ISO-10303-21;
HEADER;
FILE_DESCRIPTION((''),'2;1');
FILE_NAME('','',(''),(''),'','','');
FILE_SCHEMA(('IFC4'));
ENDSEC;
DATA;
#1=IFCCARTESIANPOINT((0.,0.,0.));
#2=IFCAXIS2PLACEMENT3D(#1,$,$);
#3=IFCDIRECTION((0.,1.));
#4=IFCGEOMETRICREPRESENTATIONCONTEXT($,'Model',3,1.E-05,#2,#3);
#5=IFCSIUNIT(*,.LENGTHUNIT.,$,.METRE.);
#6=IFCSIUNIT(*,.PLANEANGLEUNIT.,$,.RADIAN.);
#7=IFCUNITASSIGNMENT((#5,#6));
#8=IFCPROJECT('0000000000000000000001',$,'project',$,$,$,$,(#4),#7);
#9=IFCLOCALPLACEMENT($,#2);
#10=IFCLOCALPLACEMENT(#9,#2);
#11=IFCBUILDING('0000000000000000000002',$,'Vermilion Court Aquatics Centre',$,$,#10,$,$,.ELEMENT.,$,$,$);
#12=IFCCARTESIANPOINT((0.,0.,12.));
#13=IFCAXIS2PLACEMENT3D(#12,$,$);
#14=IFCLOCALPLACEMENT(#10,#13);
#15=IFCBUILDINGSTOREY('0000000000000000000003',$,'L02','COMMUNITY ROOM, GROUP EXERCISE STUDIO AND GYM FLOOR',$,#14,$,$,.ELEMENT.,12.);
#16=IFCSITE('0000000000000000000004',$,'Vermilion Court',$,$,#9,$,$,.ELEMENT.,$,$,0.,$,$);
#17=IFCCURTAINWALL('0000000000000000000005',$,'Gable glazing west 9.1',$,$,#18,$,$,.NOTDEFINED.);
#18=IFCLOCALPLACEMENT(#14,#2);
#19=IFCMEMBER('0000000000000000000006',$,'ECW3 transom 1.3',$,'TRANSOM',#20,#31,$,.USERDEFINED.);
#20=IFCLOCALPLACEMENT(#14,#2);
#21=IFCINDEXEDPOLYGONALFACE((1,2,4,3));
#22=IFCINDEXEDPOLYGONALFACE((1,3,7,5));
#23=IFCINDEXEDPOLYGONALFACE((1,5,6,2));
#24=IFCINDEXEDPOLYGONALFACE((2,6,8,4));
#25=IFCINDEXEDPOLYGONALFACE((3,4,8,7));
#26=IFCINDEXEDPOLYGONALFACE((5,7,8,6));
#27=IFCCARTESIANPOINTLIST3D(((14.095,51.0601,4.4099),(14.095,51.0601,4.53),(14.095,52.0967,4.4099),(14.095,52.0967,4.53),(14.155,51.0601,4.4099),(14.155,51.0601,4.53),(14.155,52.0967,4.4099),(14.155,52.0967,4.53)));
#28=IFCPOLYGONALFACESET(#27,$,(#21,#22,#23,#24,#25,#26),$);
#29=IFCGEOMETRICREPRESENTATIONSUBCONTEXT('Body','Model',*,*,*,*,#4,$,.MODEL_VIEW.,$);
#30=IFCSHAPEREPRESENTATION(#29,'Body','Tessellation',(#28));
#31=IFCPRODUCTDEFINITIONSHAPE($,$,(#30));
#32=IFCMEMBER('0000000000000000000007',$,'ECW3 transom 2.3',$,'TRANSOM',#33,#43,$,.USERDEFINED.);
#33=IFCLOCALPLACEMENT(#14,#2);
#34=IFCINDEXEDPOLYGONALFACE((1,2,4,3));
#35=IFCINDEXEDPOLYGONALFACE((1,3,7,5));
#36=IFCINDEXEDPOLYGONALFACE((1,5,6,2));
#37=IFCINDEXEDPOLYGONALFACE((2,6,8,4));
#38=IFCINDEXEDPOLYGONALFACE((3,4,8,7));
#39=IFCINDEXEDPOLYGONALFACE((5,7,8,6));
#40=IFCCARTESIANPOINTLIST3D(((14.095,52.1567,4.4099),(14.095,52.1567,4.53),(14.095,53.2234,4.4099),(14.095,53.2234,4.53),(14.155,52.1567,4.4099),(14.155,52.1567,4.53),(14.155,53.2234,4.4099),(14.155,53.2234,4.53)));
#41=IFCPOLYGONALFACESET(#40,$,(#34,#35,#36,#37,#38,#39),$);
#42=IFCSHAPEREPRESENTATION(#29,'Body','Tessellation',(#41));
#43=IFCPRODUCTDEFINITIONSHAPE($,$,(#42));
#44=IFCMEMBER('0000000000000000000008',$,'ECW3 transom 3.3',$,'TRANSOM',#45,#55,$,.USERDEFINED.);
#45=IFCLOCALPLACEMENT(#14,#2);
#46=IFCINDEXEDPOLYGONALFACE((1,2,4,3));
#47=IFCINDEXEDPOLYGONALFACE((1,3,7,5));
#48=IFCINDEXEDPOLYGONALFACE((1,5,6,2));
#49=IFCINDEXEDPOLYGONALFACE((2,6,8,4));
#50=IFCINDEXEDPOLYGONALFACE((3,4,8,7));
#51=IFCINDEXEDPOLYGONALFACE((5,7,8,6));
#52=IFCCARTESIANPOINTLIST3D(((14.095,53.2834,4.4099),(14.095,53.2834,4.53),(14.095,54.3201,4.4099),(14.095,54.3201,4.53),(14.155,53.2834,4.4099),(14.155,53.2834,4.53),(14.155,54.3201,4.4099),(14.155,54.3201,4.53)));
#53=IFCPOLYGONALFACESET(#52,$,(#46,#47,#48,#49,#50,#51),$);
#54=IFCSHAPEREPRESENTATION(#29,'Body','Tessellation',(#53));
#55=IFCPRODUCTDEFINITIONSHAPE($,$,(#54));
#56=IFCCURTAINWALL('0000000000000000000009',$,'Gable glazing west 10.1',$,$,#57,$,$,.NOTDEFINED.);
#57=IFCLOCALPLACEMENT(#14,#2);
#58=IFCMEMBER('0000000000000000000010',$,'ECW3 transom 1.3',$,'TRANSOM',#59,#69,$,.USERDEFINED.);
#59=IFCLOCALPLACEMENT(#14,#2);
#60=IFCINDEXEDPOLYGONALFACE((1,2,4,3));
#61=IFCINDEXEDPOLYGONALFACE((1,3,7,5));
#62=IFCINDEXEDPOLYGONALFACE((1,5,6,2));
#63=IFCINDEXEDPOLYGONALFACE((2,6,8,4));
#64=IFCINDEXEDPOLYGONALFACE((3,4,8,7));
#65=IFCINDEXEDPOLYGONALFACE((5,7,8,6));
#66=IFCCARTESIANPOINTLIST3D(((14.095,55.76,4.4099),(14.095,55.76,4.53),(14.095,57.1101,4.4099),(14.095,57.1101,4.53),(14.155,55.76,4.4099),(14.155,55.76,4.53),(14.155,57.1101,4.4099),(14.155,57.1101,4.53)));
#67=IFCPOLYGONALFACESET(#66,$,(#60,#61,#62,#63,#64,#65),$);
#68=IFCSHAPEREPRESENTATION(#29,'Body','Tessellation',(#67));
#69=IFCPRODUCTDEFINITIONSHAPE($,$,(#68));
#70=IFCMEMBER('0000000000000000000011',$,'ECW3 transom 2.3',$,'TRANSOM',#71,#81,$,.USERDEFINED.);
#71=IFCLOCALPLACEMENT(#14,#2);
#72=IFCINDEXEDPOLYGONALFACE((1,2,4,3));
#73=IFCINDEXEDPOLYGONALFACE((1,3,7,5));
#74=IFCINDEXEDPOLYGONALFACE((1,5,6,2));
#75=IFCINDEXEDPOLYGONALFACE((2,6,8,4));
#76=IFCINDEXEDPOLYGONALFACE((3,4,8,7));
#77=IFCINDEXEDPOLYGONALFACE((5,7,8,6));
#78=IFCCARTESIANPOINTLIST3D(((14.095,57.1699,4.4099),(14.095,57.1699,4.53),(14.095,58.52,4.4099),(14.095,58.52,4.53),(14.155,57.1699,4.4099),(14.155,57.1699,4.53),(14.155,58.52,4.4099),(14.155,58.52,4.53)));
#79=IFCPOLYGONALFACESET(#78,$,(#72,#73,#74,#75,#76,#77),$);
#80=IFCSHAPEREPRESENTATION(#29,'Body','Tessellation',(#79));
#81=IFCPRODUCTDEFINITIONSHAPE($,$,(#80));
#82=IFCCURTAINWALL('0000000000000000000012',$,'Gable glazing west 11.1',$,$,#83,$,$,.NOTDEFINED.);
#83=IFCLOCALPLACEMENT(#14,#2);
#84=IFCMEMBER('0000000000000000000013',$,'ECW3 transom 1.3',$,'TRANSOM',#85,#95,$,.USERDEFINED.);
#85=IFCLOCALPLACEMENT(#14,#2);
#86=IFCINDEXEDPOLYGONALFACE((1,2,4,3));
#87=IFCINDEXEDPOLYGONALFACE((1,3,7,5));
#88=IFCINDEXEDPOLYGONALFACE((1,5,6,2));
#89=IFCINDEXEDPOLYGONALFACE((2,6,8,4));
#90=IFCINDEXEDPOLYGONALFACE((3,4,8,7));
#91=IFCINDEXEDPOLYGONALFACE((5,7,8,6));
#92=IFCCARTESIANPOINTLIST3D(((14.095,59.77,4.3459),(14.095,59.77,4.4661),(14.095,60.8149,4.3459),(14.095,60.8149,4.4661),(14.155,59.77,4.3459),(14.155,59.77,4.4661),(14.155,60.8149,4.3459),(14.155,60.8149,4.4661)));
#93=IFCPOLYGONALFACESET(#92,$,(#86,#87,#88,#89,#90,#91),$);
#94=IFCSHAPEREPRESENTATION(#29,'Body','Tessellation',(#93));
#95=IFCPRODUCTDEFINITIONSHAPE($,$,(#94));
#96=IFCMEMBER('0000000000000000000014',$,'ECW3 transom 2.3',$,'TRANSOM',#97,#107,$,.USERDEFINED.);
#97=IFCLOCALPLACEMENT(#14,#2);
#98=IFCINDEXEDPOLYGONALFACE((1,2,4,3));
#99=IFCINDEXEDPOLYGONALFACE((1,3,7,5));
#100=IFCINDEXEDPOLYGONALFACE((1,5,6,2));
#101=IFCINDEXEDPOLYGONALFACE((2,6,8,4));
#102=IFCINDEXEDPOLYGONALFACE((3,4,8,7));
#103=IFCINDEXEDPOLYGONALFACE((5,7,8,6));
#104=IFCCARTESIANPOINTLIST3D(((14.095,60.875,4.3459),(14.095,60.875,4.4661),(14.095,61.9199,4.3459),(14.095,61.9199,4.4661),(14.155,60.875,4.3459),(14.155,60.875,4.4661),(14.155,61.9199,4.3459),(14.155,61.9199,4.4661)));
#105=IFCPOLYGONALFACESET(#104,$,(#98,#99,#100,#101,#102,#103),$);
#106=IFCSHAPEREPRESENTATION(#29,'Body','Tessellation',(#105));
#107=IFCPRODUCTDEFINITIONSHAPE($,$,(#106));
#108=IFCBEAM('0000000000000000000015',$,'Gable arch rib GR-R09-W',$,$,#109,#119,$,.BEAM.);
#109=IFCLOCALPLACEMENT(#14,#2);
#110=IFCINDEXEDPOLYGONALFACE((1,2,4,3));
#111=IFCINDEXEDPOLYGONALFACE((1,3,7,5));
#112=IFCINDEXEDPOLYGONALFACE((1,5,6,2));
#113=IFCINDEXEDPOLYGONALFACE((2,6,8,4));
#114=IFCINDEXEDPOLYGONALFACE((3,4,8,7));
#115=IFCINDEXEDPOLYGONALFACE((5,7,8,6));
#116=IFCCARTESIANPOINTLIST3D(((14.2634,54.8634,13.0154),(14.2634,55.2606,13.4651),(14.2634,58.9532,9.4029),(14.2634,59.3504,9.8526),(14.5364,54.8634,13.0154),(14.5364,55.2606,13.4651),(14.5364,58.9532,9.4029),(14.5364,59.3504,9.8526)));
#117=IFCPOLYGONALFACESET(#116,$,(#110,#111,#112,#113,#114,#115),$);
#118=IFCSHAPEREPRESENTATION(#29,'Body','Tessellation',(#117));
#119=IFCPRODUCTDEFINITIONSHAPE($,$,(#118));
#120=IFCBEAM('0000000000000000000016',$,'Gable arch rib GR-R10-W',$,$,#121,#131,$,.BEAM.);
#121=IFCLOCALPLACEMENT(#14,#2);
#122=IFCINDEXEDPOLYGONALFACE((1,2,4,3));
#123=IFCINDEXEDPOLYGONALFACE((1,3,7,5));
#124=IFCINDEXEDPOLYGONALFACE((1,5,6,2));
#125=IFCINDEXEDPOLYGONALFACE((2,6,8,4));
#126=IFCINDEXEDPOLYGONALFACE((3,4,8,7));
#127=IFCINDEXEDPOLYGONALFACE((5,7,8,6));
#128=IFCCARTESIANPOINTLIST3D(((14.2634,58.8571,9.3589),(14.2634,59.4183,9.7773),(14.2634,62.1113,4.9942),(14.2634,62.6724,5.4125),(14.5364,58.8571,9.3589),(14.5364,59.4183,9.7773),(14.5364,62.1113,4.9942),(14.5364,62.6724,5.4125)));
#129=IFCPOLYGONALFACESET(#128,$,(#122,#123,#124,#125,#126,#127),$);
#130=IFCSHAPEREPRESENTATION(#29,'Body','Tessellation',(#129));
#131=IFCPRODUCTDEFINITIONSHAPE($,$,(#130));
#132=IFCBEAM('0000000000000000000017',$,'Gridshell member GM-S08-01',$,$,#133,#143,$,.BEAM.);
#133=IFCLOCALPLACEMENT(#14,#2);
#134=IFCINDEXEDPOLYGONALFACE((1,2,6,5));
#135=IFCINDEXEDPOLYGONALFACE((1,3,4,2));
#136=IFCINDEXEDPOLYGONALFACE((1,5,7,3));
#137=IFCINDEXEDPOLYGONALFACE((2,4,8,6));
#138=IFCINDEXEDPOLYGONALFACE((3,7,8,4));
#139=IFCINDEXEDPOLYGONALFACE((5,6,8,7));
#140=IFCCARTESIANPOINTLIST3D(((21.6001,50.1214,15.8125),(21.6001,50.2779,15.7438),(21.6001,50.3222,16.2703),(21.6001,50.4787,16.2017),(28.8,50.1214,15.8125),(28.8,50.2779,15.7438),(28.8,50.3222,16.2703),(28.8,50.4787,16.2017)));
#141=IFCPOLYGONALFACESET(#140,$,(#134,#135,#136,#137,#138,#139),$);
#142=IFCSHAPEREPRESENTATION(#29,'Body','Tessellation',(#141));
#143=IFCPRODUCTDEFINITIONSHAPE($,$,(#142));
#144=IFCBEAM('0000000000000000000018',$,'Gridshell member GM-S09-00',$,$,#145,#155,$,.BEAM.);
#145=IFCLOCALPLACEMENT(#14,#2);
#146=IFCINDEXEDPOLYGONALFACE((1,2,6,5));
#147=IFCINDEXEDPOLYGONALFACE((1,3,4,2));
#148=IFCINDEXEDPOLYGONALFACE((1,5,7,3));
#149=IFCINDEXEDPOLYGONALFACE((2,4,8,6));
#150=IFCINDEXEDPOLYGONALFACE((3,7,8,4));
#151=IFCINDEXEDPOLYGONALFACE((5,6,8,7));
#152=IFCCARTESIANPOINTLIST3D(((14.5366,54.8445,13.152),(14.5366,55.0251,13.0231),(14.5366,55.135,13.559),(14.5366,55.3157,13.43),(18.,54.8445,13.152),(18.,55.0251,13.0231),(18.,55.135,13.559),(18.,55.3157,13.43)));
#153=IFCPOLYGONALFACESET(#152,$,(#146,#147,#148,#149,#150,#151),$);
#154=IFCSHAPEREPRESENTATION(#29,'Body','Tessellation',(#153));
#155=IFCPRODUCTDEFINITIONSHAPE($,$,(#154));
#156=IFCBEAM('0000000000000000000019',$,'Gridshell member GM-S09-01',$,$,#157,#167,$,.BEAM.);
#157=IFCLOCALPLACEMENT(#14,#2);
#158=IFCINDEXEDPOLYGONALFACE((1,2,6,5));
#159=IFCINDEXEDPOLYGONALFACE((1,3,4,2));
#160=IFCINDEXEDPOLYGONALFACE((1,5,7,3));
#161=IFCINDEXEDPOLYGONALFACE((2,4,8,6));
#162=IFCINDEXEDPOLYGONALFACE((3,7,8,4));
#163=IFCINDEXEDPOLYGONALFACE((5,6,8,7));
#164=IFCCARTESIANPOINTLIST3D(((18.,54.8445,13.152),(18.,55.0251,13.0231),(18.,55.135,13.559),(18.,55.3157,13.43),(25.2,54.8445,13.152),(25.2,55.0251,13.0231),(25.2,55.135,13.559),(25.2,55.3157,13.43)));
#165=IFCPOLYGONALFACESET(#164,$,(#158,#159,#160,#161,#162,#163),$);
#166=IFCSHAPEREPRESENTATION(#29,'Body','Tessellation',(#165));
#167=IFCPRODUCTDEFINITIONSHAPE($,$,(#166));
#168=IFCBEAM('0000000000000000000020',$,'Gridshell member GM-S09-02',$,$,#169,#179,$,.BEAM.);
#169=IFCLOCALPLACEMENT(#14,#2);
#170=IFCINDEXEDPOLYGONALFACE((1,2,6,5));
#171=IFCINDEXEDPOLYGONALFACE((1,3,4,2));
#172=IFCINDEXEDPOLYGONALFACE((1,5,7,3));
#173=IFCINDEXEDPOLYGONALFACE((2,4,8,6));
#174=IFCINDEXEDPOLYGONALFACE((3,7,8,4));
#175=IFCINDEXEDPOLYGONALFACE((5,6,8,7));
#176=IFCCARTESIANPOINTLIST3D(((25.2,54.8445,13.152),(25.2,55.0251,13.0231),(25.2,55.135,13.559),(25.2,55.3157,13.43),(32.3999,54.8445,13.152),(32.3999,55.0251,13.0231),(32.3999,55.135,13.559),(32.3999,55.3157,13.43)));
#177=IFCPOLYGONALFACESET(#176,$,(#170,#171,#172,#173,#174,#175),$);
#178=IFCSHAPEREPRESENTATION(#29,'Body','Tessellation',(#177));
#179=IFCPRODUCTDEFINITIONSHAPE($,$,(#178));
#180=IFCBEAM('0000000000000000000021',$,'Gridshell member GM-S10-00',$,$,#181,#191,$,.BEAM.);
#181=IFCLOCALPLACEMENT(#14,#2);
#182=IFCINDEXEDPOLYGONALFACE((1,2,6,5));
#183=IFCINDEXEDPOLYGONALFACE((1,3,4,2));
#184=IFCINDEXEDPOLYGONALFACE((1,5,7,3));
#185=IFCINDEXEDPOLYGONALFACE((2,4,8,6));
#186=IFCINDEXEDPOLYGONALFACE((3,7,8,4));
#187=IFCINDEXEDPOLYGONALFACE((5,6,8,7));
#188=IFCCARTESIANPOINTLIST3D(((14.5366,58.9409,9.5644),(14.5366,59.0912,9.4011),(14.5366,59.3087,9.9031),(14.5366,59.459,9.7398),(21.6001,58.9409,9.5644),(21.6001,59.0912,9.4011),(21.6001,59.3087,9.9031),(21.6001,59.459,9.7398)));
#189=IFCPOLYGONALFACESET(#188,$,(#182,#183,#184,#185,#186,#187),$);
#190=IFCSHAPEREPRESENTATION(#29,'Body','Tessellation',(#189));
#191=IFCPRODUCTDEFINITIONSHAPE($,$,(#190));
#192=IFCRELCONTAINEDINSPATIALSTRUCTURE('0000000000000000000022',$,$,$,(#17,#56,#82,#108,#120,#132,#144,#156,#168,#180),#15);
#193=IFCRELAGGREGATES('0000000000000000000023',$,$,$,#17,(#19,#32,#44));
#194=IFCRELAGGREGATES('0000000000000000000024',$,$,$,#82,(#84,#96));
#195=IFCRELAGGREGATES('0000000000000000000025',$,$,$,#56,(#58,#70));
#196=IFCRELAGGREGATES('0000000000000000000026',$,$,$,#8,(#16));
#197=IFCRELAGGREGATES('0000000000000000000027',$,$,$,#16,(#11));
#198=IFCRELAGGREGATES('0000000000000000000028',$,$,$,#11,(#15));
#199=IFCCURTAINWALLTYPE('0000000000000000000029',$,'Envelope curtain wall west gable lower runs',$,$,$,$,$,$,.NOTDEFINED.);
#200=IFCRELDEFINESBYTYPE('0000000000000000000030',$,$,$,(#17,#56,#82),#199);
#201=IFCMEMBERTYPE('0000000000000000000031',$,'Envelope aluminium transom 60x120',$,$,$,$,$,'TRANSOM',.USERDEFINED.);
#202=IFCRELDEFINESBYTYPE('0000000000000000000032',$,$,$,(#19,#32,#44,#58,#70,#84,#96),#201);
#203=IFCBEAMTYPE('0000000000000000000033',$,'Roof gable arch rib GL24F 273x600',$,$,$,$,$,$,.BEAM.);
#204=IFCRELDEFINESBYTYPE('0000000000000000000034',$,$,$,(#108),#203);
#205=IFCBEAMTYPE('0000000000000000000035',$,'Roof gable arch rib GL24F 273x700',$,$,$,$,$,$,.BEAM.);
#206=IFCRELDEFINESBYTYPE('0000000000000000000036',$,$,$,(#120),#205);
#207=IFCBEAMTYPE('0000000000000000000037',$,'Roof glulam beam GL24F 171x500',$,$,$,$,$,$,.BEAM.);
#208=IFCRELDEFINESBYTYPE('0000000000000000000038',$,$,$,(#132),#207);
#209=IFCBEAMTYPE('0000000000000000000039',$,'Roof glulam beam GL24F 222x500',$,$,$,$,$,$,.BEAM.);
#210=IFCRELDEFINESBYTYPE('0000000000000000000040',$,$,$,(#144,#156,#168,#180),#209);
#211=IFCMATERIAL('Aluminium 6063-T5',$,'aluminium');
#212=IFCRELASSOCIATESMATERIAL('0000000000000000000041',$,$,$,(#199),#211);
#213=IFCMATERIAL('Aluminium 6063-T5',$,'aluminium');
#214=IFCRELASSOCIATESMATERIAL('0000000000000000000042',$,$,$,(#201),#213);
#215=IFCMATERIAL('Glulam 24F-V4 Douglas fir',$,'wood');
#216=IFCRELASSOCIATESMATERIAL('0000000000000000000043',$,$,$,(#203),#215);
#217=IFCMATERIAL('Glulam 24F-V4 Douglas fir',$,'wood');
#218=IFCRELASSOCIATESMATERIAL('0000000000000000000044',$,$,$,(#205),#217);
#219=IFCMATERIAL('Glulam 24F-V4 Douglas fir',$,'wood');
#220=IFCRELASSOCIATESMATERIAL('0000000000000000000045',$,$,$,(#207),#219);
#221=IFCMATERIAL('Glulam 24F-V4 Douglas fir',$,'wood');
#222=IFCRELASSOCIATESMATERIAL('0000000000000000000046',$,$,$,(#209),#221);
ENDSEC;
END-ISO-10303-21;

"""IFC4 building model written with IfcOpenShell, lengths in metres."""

from ifc_helpers import new_model, si_unit, direction, frame, origin, origin_2d, place, context, subcontext, project, spatial, rectangle, extrude, material, material_profile, profile_set, type_object, element, aggregate, save


model = new_model("IFC4")

# Units and contexts
model_context = context("Model", 3, precision=1e-05, world=origin(), true_north=direction((0.0, 1.0)))
body_context = subcontext(model_context, "Body", "Model", "MODEL_VIEW")
ifc_project = project(units=[si_unit("LENGTHUNIT", "METRE"), si_unit("PLANEANGLEUNIT", "RADIAN")], contexts=[model_context])

# Site, building, storey
site_placement = place(None, origin())
site = spatial("IfcSite", under=ifc_project, at=site_placement, Name="Vermilion Court", CompositionType="ELEMENT", RefElevation=0.0)
building_placement = place(site_placement, origin())
building = spatial("IfcBuilding", under=site, at=building_placement, Name="Vermilion Court Aquatics Centre", CompositionType="ELEMENT")
storey_placement = place(building_placement, frame((0.0, 0.0, 12.0)))
storey = spatial("IfcBuildingStorey", under=building, at=storey_placement, Name="L02", Description="COMMUNITY ROOM, GROUP EXERCISE STUDIO AND GYM FLOOR", CompositionType="ELEMENT", Elevation=12.0)

# Curtain walls, members
ifc_material_1 = material(Name="Aluminium 6063-T5", Category="aluminium")
curtain_wall_type = type_object("IfcCurtainWallType", Name="Envelope curtain wall west gable lower runs", PredefinedType="NOTDEFINED", material=ifc_material_1)
curtain_wall_1_placement = place(storey_placement, origin())
curtain_wall_1 = element("IfcCurtainWall", 1, at=curtain_wall_1_placement, inside=storey, type_object=curtain_wall_type, Name="Gable glazing west 9.1", PredefinedType="NOTDEFINED")
ifc_material_2 = material(Name="Aluminium 6063-T5", Category="aluminium")
ifc_material_profile_1 = material_profile(ifc_material_2, rectangle(XDim=0.0601, YDim=0.1201, at=origin_2d()), Name="AL 60x120")
ifc_profile_set_1 = profile_set([ifc_material_profile_1], Name="Aluminium 6063-T5")
member_type_1 = type_object("IfcMemberType", Name="Envelope aluminium transom 60x120", ElementType="TRANSOM", PredefinedType="USERDEFINED", material=ifc_profile_set_1)
member_1_placement = place(storey_placement, frame((14.125, 51.0601, 4.47), z_axis=(0.0, 1.0, 0.0), x_axis=(-1.0, 0.0, 0.0)))
member_1 = element("IfcMember", 2, at=member_1_placement, type_object=member_type_1, Name="ECW3 transom 1.3", ObjectType="TRANSOM", PredefinedType="USERDEFINED", context=body_context, shape_type="SweptSolid", body=[
    extrude(rectangle(XDim=0.0601, YDim=0.1201, at=origin_2d()), origin(), (0.0, 0.0, 1.0), 1.0366),
])
member_2_placement = place(storey_placement, frame((14.125, 52.1567, 4.47), z_axis=(0.0, 1.0, 0.0), x_axis=(-1.0, 0.0, 0.0)))
member_2 = element("IfcMember", 3, at=member_2_placement, type_object=member_type_1, Name="ECW3 transom 2.3", ObjectType="TRANSOM", PredefinedType="USERDEFINED", context=body_context, shape_type="SweptSolid", body=[
    extrude(rectangle(XDim=0.0601, YDim=0.1201, at=origin_2d()), origin(), (0.0, 0.0, 1.0), 1.0667),
])
member_3_placement = place(storey_placement, frame((14.125, 53.2834, 4.47), z_axis=(0.0, 1.0, 0.0), x_axis=(-1.0, 0.0, 0.0)))
member_3 = element("IfcMember", 4, at=member_3_placement, type_object=member_type_1, Name="ECW3 transom 3.3", ObjectType="TRANSOM", PredefinedType="USERDEFINED", context=body_context, shape_type="SweptSolid", body=[
    extrude(rectangle(XDim=0.0601, YDim=0.1201, at=origin_2d()), origin(), (0.0, 0.0, 1.0), 1.0366),
])
aggregate(curtain_wall_1, [member_1, member_2, member_3])
curtain_wall_2_placement = place(storey_placement, origin())
curtain_wall_2 = element("IfcCurtainWall", 5, at=curtain_wall_2_placement, inside=storey, type_object=curtain_wall_type, Name="Gable glazing west 10.1", PredefinedType="NOTDEFINED")
member_4_placement = place(storey_placement, frame((14.125, 55.76, 4.47), z_axis=(0.0, 1.0, 0.0), x_axis=(-1.0, 0.0, 0.0)))
member_4 = element("IfcMember", 6, at=member_4_placement, type_object=member_type_1, Name="ECW3 transom 1.3", ObjectType="TRANSOM", PredefinedType="USERDEFINED", context=body_context, shape_type="SweptSolid", body=[
    extrude(rectangle(XDim=0.0601, YDim=0.1201, at=origin_2d()), origin(), (0.0, 0.0, 1.0), 1.3501),
])
member_5_placement = place(storey_placement, frame((14.125, 57.1699, 4.47), z_axis=(0.0, 1.0, 0.0), x_axis=(-1.0, 0.0, 0.0)))
member_5 = element("IfcMember", 7, at=member_5_placement, type_object=member_type_1, Name="ECW3 transom 2.3", ObjectType="TRANSOM", PredefinedType="USERDEFINED", context=body_context, shape_type="SweptSolid", body=[
    extrude(rectangle(XDim=0.0601, YDim=0.1201, at=origin_2d()), origin(), (0.0, 0.0, 1.0), 1.3501),
])
curtain_wall_3_placement = place(storey_placement, origin())
curtain_wall_3 = element("IfcCurtainWall", 8, at=curtain_wall_3_placement, inside=storey, type_object=curtain_wall_type, Name="Gable glazing west 11.1", PredefinedType="NOTDEFINED")
member_6_placement = place(storey_placement, frame((14.125, 59.77, 4.406), z_axis=(0.0, 1.0, 0.0), x_axis=(-1.0, 0.0, 0.0)))
member_6 = element("IfcMember", 9, at=member_6_placement, type_object=member_type_1, Name="ECW3 transom 1.3", ObjectType="TRANSOM", PredefinedType="USERDEFINED", context=body_context, shape_type="SweptSolid", body=[
    extrude(rectangle(XDim=0.0601, YDim=0.1201, at=origin_2d()), origin(), (0.0, 0.0, 1.0), 1.0449),
])
member_7_placement = place(storey_placement, frame((14.125, 60.875, 4.406), z_axis=(0.0, 1.0, 0.0), x_axis=(-1.0, 0.0, 0.0)))
member_7 = element("IfcMember", 10, at=member_7_placement, type_object=member_type_1, Name="ECW3 transom 2.3", ObjectType="TRANSOM", PredefinedType="USERDEFINED", context=body_context, shape_type="SweptSolid", body=[
    extrude(rectangle(XDim=0.0601, YDim=0.1201, at=origin_2d()), origin(), (0.0, 0.0, 1.0), 1.0449),
])
aggregate(curtain_wall_3, [member_6, member_7])

# Beams
ifc_material_3 = material(Name="Glulam 24F-V4 Douglas fir", Category="wood")
ifc_material_profile_2 = material_profile(ifc_material_3, rectangle(XDim=0.2729, YDim=0.6001, at=origin_2d()), Name="GL24F 273x600")
ifc_profile_set_2 = profile_set([ifc_material_profile_2], Name="Glulam 24F-V4 Douglas fir")
beam_type_1 = type_object("IfcBeamType", Name="Roof gable arch rib GL24F 273x600", PredefinedType="BEAM", material=ifc_profile_set_2)
beam_1_placement = place(storey_placement, frame((14.3999, 55.062, 13.2402), z_axis=(0.0, 0.749487, -0.66202), x_axis=(-1.0, 0.0, 0.0)))
element("IfcBeam", 11, at=beam_1_placement, inside=storey, type_object=beam_type_1, Name="Gable arch rib GR-R09-W", PredefinedType="BEAM", context=body_context, shape_type="SweptSolid", body=[
    extrude(rectangle(XDim=0.2729, YDim=0.6001, at=origin_2d()), origin(), (0.0, 0.0, 1.0), 5.4568),
])
ifc_material_4 = material(Name="Glulam 24F-V4 Douglas fir", Category="wood")
ifc_material_profile_3 = material_profile(ifc_material_4, rectangle(XDim=0.2729, YDim=0.7, at=origin_2d()), Name="GL24F 273x700")
ifc_profile_set_3 = profile_set([ifc_material_profile_3], Name="Glulam 24F-V4 Douglas fir")
beam_type_2 = type_object("IfcBeamType", Name="Roof gable arch rib GL24F 273x700", PredefinedType="BEAM", material=ifc_profile_set_3)
beam_2_placement = place(storey_placement, frame((14.3999, 59.1377, 9.5681), z_axis=(0.0, 0.597716, -0.801708), x_axis=(-1.0, 0.0, 0.0)))
element("IfcBeam", 12, at=beam_2_placement, inside=storey, type_object=beam_type_2, Name="Gable arch rib GR-R10-W", PredefinedType="BEAM", context=body_context, shape_type="SweptSolid", body=[
    extrude(rectangle(XDim=0.2729, YDim=0.7, at=origin_2d()), origin(), (0.0, 0.0, 1.0), 5.4443),
])
ifc_material_5 = material(Name="Glulam 24F-V4 Douglas fir", Category="wood")
ifc_material_profile_4 = material_profile(ifc_material_5, rectangle(XDim=0.1709, YDim=0.5, at=origin_2d()), Name="GL24F 171x500")
ifc_profile_set_4 = profile_set([ifc_material_profile_4], Name="Glulam 24F-V4 Douglas fir")
beam_type_3 = type_object("IfcBeamType", Name="Roof glulam beam GL24F 171x500", PredefinedType="BEAM", material=ifc_profile_set_4)
beam_3_placement = place(storey_placement, frame((21.6001, 50.3, 16.0071), z_axis=(1.0, 0.0, 0.0), x_axis=(0.0, 0.915794, -0.401648)))
element("IfcBeam", 13, at=beam_3_placement, inside=storey, type_object=beam_type_3, Name="Gridshell member GM-S08-01", PredefinedType="BEAM", context=body_context, shape_type="SweptSolid", body=[
    extrude(rectangle(XDim=0.1709, YDim=0.5, at=origin_2d()), origin(), (0.0, 0.0, 1.0), 7.2),
])
ifc_material_6 = material(Name="Glulam 24F-V4 Douglas fir", Category="wood")
ifc_material_profile_5 = material_profile(ifc_material_6, rectangle(XDim=0.2219, YDim=0.5, at=origin_2d()), Name="GL24F 222x500")
ifc_profile_set_5 = profile_set([ifc_material_profile_5], Name="Glulam 24F-V4 Douglas fir")
beam_type_4 = type_object("IfcBeamType", Name="Roof glulam beam GL24F 222x500", PredefinedType="BEAM", material=ifc_profile_set_5)
beam_4_placement = place(storey_placement, frame((14.5366, 55.0801, 13.291), z_axis=(1.0, 0.0, 0.0), x_axis=(0.0, 0.813848, -0.581078)))
element("IfcBeam", 14, at=beam_4_placement, inside=storey, type_object=beam_type_4, Name="Gridshell member GM-S09-00", PredefinedType="BEAM", context=body_context, shape_type="SweptSolid", body=[
    extrude(rectangle(XDim=0.2219, YDim=0.5, at=origin_2d()), origin(), (0.0, 0.0, 1.0), 3.4634),
])
for number, where, z_axis, x_axis, name in (
    (15, (18.0, 55.0801, 13.291), (1.0, 0.0, 0.0), (0.0, 0.813848, -0.581078), "Gridshell member GM-S09-01"),
    (16, (25.2, 55.0801, 13.291), (1.0, 0.0, 0.0), (0.0, 0.813848, -0.581078), "Gridshell member GM-S09-02"),
):
    element("IfcBeam", number, at=place(storey_placement, frame(where, z_axis=z_axis, x_axis=x_axis)), inside=storey, type_object=beam_type_4, Name=name, PredefinedType="BEAM", context=body_context, shape_type="SweptSolid", body=[
        extrude(rectangle(XDim=0.2219, YDim=0.5, at=origin_2d()), origin(), (0.0, 0.0, 1.0), 7.2),
    ])
beam_5_placement = place(storey_placement, frame((14.5366, 59.2, 9.6521), z_axis=(1.0, 0.0, 0.0), x_axis=(0.0, 0.67726, -0.735744)))
element("IfcBeam", 17, at=beam_5_placement, inside=storey, type_object=beam_type_4, Name="Gridshell member GM-S10-00", PredefinedType="BEAM", context=body_context, shape_type="SweptSolid", body=[
    extrude(rectangle(XDim=0.2219, YDim=0.5, at=origin_2d()), origin(), (0.0, 0.0, 1.0), 7.0635),
])

aggregate(curtain_wall_2, [member_4, member_5])

save(model, "model.ifc")
